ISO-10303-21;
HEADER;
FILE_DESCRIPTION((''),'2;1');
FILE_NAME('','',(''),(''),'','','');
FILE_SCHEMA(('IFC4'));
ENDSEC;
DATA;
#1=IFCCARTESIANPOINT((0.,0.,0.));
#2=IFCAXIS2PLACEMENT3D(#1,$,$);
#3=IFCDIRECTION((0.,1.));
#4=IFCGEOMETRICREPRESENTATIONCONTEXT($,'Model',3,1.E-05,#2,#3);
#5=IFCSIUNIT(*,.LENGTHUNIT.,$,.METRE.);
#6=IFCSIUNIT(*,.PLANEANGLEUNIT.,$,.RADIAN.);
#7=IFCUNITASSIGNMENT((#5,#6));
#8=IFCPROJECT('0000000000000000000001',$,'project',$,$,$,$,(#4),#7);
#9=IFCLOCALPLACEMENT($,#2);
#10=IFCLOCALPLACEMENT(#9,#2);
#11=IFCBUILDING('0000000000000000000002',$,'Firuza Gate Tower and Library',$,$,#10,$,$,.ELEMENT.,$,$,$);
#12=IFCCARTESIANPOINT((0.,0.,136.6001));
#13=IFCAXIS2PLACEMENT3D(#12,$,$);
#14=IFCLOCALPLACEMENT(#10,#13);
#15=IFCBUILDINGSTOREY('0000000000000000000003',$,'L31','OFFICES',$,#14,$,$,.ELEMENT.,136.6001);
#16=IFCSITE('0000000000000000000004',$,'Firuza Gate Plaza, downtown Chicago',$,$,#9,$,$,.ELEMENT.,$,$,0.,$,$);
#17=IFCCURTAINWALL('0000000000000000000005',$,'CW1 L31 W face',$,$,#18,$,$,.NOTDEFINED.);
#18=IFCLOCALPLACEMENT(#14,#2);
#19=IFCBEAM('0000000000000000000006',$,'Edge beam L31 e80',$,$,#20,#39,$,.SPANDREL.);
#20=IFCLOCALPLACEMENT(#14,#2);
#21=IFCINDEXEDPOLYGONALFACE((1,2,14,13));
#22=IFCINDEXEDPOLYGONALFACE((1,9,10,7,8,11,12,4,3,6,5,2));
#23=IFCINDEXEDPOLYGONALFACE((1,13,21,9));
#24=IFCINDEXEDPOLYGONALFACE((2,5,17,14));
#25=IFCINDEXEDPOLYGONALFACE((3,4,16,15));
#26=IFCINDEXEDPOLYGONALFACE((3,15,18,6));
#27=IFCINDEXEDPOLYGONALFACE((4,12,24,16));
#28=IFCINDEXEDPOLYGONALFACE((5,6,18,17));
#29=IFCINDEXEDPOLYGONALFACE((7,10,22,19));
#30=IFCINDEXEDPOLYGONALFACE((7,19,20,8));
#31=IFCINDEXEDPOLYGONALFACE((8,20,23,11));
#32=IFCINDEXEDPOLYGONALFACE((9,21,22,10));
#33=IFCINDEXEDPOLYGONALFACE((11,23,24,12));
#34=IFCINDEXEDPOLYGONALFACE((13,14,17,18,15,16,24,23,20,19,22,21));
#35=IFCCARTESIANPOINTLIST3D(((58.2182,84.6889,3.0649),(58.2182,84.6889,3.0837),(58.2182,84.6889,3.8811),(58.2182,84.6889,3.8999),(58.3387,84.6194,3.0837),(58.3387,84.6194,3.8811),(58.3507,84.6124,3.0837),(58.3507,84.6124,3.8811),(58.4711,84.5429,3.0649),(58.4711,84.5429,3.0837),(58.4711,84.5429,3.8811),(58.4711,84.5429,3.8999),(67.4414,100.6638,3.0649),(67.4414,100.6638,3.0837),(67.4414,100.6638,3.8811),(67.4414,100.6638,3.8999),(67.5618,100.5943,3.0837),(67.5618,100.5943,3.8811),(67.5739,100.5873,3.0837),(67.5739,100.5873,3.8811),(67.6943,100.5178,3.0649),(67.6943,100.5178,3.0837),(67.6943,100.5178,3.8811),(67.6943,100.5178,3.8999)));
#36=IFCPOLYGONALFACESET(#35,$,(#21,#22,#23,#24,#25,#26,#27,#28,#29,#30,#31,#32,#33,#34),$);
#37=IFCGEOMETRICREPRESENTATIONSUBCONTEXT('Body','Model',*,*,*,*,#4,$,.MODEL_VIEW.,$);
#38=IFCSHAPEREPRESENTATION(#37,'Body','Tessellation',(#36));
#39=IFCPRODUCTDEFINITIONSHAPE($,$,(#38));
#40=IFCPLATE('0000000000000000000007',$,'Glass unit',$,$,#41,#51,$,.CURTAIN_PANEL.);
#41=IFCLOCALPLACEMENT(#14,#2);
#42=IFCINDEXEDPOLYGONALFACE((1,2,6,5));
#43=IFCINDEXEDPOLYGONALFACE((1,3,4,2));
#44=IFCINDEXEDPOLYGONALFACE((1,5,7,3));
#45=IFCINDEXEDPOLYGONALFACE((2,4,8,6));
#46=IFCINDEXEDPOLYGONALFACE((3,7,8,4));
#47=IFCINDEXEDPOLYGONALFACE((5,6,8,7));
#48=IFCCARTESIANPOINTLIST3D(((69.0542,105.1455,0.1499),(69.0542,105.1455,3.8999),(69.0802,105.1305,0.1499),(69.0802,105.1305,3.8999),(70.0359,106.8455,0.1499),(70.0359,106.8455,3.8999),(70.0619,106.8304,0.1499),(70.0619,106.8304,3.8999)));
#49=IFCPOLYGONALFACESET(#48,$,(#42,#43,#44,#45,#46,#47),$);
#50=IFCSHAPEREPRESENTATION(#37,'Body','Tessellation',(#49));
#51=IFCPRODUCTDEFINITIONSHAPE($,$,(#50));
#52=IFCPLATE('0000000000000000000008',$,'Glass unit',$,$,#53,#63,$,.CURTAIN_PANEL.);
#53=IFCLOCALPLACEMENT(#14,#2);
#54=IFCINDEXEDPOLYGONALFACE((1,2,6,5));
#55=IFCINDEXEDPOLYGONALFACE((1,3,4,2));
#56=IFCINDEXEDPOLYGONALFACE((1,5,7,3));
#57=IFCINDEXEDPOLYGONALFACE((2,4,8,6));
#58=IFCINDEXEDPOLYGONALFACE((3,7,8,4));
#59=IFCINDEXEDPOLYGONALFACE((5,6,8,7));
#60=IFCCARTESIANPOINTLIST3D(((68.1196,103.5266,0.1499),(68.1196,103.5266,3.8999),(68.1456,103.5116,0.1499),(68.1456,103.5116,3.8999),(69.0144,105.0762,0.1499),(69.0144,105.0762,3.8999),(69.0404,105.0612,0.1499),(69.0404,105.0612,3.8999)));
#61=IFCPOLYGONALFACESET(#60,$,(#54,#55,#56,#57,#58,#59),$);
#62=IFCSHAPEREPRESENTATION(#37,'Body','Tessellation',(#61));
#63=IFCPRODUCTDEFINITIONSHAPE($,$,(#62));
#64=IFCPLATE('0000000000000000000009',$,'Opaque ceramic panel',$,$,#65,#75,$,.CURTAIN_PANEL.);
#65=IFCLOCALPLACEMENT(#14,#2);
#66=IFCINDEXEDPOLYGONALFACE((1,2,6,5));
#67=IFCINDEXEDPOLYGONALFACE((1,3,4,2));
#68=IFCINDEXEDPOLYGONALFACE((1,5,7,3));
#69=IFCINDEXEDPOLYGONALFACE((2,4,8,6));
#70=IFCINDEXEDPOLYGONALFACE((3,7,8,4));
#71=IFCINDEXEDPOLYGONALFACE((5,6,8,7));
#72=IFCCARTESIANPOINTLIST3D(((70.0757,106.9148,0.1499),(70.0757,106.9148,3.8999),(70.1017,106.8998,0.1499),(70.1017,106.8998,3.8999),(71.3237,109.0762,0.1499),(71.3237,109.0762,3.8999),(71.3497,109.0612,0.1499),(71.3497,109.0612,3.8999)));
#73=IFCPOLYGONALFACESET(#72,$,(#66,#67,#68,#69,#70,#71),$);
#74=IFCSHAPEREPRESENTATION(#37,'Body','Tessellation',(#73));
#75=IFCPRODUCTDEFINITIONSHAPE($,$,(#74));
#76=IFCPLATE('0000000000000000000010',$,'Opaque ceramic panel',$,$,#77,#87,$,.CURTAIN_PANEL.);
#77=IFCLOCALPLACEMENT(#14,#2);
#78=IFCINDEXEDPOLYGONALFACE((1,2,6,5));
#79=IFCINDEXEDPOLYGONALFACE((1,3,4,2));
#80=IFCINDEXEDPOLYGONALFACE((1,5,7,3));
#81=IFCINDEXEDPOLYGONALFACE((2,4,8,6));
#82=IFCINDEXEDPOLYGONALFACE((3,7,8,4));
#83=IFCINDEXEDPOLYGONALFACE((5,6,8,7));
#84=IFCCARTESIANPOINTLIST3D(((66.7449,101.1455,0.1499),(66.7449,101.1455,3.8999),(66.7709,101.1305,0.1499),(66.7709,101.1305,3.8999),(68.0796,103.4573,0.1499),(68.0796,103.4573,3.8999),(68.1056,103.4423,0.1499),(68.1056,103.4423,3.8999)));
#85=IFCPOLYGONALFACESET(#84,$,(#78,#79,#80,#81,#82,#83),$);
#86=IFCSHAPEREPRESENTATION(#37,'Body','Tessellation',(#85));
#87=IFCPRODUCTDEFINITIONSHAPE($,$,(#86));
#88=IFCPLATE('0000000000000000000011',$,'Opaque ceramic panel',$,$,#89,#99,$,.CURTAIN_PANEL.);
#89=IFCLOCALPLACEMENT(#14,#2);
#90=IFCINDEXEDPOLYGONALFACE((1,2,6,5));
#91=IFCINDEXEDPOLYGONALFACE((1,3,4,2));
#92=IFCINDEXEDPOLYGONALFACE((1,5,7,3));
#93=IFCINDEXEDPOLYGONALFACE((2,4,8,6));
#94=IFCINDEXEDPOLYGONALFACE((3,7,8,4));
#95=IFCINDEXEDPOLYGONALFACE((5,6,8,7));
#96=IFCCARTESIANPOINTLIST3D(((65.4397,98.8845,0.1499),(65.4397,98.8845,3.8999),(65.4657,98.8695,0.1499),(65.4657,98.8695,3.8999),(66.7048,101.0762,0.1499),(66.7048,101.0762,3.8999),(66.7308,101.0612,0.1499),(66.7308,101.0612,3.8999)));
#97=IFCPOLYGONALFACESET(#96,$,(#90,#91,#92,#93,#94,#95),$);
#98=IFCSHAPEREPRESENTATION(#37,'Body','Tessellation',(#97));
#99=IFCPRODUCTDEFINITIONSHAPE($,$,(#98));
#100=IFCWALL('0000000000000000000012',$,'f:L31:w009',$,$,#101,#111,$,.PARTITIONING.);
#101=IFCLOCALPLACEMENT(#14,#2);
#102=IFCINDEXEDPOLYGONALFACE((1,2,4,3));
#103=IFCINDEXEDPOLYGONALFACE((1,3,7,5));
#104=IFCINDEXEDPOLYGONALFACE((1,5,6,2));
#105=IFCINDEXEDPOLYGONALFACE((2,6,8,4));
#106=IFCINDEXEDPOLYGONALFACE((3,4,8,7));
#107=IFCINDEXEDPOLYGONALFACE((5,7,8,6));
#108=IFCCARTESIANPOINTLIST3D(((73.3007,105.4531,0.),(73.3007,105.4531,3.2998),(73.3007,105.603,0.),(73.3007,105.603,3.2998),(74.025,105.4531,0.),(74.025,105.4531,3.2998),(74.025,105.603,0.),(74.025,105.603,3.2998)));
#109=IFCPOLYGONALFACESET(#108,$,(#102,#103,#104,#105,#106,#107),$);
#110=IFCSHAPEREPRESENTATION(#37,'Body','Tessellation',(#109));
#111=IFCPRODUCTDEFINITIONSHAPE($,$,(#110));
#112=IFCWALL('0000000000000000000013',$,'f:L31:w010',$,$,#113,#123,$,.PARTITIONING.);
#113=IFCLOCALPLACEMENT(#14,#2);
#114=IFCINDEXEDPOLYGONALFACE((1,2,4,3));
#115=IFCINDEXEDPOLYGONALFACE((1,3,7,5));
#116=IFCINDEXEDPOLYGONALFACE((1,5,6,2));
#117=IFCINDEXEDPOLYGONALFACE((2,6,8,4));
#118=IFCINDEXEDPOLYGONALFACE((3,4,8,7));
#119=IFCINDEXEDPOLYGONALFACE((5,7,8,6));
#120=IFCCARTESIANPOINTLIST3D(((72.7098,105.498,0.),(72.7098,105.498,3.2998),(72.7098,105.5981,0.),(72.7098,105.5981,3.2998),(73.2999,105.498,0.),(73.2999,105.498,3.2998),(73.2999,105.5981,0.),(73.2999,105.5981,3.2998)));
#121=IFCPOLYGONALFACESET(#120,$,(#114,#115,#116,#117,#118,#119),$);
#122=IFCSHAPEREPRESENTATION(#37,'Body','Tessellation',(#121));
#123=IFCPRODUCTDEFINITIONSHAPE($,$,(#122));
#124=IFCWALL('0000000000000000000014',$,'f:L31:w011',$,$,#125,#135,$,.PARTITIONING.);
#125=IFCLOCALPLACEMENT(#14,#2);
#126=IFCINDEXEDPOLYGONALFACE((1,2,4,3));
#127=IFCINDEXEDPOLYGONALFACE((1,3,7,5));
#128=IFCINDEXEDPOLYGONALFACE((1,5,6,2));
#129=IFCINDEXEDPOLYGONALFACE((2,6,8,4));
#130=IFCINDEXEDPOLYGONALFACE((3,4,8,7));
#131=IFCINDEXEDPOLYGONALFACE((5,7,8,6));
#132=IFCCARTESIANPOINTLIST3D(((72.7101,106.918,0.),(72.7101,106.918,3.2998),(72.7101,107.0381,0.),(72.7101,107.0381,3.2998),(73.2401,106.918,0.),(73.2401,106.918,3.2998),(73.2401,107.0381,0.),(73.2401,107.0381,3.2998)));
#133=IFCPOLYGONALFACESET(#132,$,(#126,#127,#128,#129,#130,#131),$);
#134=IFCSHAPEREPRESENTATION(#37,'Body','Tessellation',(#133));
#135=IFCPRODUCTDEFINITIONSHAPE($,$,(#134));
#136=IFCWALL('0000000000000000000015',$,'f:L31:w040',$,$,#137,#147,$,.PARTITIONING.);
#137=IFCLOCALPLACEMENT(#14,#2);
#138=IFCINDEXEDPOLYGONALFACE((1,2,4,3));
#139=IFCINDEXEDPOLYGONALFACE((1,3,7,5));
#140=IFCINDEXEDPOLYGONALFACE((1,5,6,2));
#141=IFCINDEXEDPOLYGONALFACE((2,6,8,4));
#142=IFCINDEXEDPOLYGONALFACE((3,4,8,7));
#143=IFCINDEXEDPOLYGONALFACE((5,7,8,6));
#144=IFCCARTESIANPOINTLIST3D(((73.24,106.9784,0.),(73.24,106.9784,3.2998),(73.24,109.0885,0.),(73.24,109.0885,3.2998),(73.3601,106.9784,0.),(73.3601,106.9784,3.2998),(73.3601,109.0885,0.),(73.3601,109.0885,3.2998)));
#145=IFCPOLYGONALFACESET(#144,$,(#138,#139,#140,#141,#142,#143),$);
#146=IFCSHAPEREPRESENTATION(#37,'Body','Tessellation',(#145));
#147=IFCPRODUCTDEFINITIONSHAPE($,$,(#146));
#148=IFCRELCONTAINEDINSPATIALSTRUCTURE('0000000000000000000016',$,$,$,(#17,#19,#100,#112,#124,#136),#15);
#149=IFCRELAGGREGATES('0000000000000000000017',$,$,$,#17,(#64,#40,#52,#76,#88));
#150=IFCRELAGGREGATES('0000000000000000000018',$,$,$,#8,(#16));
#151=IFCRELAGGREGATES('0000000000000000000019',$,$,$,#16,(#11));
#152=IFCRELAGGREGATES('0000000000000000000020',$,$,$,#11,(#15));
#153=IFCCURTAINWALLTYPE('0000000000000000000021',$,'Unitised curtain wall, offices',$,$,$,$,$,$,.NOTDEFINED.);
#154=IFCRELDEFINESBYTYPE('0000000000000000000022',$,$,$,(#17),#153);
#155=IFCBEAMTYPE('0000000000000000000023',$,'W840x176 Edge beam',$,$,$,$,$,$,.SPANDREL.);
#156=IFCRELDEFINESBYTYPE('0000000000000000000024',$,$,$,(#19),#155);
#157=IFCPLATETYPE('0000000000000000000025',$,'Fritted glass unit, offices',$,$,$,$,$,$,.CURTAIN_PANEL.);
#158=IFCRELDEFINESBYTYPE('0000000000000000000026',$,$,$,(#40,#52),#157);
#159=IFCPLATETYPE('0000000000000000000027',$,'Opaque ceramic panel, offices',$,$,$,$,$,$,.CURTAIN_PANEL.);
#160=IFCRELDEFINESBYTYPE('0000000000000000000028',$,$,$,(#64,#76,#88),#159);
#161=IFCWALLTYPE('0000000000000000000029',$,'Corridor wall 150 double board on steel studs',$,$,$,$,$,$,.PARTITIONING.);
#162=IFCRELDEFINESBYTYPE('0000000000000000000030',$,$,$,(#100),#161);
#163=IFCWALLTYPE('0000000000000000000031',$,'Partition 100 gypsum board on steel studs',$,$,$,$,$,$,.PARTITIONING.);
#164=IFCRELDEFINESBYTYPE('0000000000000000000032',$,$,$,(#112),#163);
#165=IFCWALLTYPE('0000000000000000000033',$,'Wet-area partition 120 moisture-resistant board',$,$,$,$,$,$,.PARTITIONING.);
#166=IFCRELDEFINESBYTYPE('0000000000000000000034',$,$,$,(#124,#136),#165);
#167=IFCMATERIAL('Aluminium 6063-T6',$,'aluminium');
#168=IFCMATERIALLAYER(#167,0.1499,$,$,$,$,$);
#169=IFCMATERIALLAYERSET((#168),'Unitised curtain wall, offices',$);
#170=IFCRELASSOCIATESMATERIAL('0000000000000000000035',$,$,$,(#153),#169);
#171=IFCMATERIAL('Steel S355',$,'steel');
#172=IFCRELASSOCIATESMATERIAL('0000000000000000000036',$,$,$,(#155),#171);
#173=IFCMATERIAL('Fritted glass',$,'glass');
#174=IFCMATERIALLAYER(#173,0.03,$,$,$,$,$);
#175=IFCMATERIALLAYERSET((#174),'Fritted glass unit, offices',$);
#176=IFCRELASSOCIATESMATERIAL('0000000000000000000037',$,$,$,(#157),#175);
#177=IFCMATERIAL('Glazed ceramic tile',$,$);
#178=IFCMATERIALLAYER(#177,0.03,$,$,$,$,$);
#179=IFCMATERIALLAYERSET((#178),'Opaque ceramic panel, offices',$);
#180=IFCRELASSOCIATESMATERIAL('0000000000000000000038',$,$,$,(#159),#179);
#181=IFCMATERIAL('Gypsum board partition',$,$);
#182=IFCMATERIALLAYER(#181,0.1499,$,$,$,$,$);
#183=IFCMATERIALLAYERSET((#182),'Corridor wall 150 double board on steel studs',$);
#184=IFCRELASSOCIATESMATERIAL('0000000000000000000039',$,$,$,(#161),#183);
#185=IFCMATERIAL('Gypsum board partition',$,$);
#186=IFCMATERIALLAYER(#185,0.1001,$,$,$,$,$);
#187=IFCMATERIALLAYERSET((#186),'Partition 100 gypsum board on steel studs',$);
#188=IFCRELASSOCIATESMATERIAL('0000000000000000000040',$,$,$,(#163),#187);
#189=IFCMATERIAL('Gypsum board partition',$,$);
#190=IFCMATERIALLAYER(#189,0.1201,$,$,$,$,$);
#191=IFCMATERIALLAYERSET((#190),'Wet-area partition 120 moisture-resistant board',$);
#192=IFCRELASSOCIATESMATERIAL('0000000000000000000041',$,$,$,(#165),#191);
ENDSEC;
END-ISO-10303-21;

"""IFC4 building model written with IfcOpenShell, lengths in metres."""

from ifc_helpers import new_model, si_unit, direction, frame, frame_2d, origin, origin_2d, place, context, subcontext, project, spatial, polyline, rectangle, i_section, outline, extrude, material, layer, layer_set, material_profile, profile_set, type_object, element, aggregate, save


model = new_model("IFC4")

# Units and contexts
model_context = context("Model", 3, precision=1e-05, world=origin(), true_north=direction((0.0, 1.0)))
body_context = subcontext(model_context, "Body", "Model", "MODEL_VIEW")
ifc_project = project(units=[si_unit("LENGTHUNIT", "METRE"), si_unit("PLANEANGLEUNIT", "RADIAN")], contexts=[model_context])

# Site, building, storey
site_placement = place(None, origin())
site = spatial("IfcSite", under=ifc_project, at=site_placement, Name="Firuza Gate Plaza, downtown Chicago", CompositionType="ELEMENT", RefElevation=0.0)
building_placement = place(site_placement, origin())
building = spatial("IfcBuilding", under=site, at=building_placement, Name="Firuza Gate Tower and Library", CompositionType="ELEMENT")
storey_placement = place(building_placement, frame((0.0, 0.0, 136.6001)))
storey = spatial("IfcBuildingStorey", under=building, at=storey_placement, Name="L31", Description="OFFICES", CompositionType="ELEMENT", Elevation=136.6001)

# Curtain wall
ifc_material_1 = material(Name="Aluminium 6063-T6", Category="aluminium")
ifc_layer_1 = layer(ifc_material_1, 0.1499)
ifc_layer_set_1 = layer_set([ifc_layer_1], Name="Unitised curtain wall, offices")
curtain_wall_type_1 = type_object("IfcCurtainWallType", Name="Unitised curtain wall, offices", PredefinedType="NOTDEFINED", material=ifc_layer_set_1)
placement = place(storey_placement, origin())
curtain_wall_1 = element("IfcCurtainWall", 1, at=placement, inside=storey, type_object=curtain_wall_type_1, Name="CW1 L31 W face", PredefinedType="NOTDEFINED")

# Beam
ifc_material_2 = material(Name="Steel S355", Category="steel")
ifc_material_profile_1 = material_profile(ifc_material_2, i_section(OverallWidth=0.292, OverallDepth=0.835, WebThickness=0.0139, FlangeThickness=0.0188, at=origin_2d()))
ifc_profile_set_1 = profile_set([ifc_material_profile_1], Name="Steel S355")
beam_type_1 = type_object("IfcBeamType", Name="W840x176 Edge beam", PredefinedType="SPANDREL", material=ifc_profile_set_1)
beam_1_placement = place(storey_placement, frame((67.5679, 100.5908, 3.4824), z_axis=(-0.500002, -0.866024, 0.0), x_axis=(0.866024, -0.500002, 0.0)))
element("IfcBeam", 2, at=beam_1_placement, inside=storey, type_object=beam_type_1, Name="Edge beam L31 e80", PredefinedType="SPANDREL", context=body_context, shape_type="SweptSolid", body=[
    extrude(i_section(OverallWidth=0.292, OverallDepth=0.835, WebThickness=0.0139, FlangeThickness=0.0188, at=origin_2d()), origin(), (0.0, 0.0, 1.0), 18.4463),
])

# Plates
ifc_material_3 = material(Name="Fritted glass", Category="glass")
ifc_layer_2 = layer(ifc_material_3, 0.03)
ifc_layer_set_2 = layer_set([ifc_layer_2], Name="Fritted glass unit, offices")
plate_type_1 = type_object("IfcPlateType", Name="Fritted glass unit, offices", PredefinedType="CURTAIN_PANEL", material=ifc_layer_set_2)
plate_1_placement = place(storey_placement, frame((70.0359, 106.8455, 0.1499), z_axis=(-0.865976, 0.500085, 0.0), x_axis=(-0.500085, -0.865976, 0.0)))
plate_1 = element("IfcPlate", 3, at=plate_1_placement, type_object=plate_type_1, Name="Glass unit", PredefinedType="CURTAIN_PANEL", context=body_context, shape_type="SweptSolid", body=[
    extrude(outline(polyline([(0.0, 0.0), (1.963, 0.0), (1.963, 3.75), (0.0, 3.75), (0.0, 0.0)])), origin(), (0.0, 0.0, -1.0), 0.03),
])
plate_2_placement = place(storey_placement, frame((69.0144, 105.0762, 0.1499), z_axis=(-0.865992, 0.500057, 0.0), x_axis=(-0.500057, -0.865992, 0.0)))
plate_2 = element("IfcPlate", 4, at=plate_2_placement, type_object=plate_type_1, Name="Glass unit", PredefinedType="CURTAIN_PANEL", context=body_context, shape_type="SweptSolid", body=[
    extrude(outline(polyline([(0.0, 0.0), (1.7893, 0.0), (1.7893, 3.75), (0.0, 3.75), (0.0, 0.0)])), origin(), (0.0, 0.0, -1.0), 0.03),
])
ifc_material_4 = material(Name="Glazed ceramic tile")
ifc_layer_3 = layer(ifc_material_4, 0.03)
ifc_layer_set_3 = layer_set([ifc_layer_3], Name="Opaque ceramic panel, offices")
plate_type_2 = type_object("IfcPlateType", Name="Opaque ceramic panel, offices", PredefinedType="CURTAIN_PANEL", material=ifc_layer_set_3)
plate_3_placement = place(storey_placement, frame((71.3237, 109.0762, 0.1499), z_axis=(-0.865995, 0.500053, 0.0), x_axis=(-0.500053, -0.865995, 0.0)))
plate_3 = element("IfcPlate", 5, at=plate_3_placement, type_object=plate_type_2, Name="Opaque ceramic panel", PredefinedType="CURTAIN_PANEL", context=body_context, shape_type="SweptSolid", body=[
    extrude(outline(polyline([(0.0, 0.0), (2.4958, 0.0), (2.4958, 3.75), (0.0, 3.75), (0.0, 0.0)])), origin(), (0.0, 0.0, -1.0), 0.03),
])
plate_4_placement = place(storey_placement, frame((68.0796, 103.4573, 0.1499), z_axis=(-0.866023, 0.500005, 0.0), x_axis=(-0.500005, -0.866023, 0.0)))
plate_4 = element("IfcPlate", 6, at=plate_4_placement, type_object=plate_type_2, Name="Opaque ceramic panel", PredefinedType="CURTAIN_PANEL", context=body_context, shape_type="SweptSolid", body=[
    extrude(outline(polyline([(0.0, 0.0), (2.6694, 0.0), (2.6694, 3.75), (0.0, 3.75), (0.0, 0.0)])), origin(), (0.0, 0.0, -1.0), 0.03),
])
plate_5_placement = place(storey_placement, frame((66.7048, 101.0762, 0.1499), z_axis=(-0.866062, 0.499937, 0.0), x_axis=(-0.499937, -0.866062, 0.0)))
plate_5 = element("IfcPlate", 7, at=plate_5_placement, type_object=plate_type_2, Name="Opaque ceramic panel", PredefinedType="CURTAIN_PANEL", context=body_context, shape_type="SweptSolid", body=[
    extrude(outline(polyline([(0.0, 0.0), (2.5306, 0.0), (2.5306, 3.75), (0.0, 3.75), (0.0, 0.0)])), origin(), (0.0, 0.0, -1.0), 0.03),
])
aggregate(curtain_wall_1, [plate_3, plate_1, plate_2, plate_4, plate_5])

# Walls
ifc_material_5 = material(Name="Gypsum board partition")
ifc_layer_4 = layer(ifc_material_5, 0.1499)
ifc_layer_set_4 = layer_set([ifc_layer_4], Name="Corridor wall 150 double board on steel studs")
wall_type_1 = type_object("IfcWallType", Name="Corridor wall 150 double board on steel studs", PredefinedType="PARTITIONING", material=ifc_layer_set_4)
wall_1_placement = place(storey_placement, frame((73.3005, 105.5281, 0.0), z_axis=(0.0, 0.0, 1.0), x_axis=(1.0, 0.0, 0.0)))
element("IfcWall", 8, at=wall_1_placement, inside=storey, type_object=wall_type_1, Name="f:L31:w009", PredefinedType="PARTITIONING", context=body_context, shape_type="SweptSolid", body=[
    extrude(rectangle(XDim=0.7244, YDim=0.1499, at=frame_2d((0.3623, 0.0))), origin(), (0.0, 0.0, 1.0), 3.2998),
])
ifc_material_6 = material(Name="Gypsum board partition")
ifc_layer_5 = layer(ifc_material_6, 0.1001)
ifc_layer_set_5 = layer_set([ifc_layer_5], Name="Partition 100 gypsum board on steel studs")
wall_type_2 = type_object("IfcWallType", Name="Partition 100 gypsum board on steel studs", PredefinedType="PARTITIONING", material=ifc_layer_set_5)
wall_2_placement = place(storey_placement, frame((72.71, 105.5481, 0.0), z_axis=(0.0, 0.0, 1.0), x_axis=(1.0, 0.0, 0.0)))
element("IfcWall", 9, at=wall_2_placement, inside=storey, type_object=wall_type_2, Name="f:L31:w010", PredefinedType="PARTITIONING", context=body_context, shape_type="SweptSolid", body=[
    extrude(rectangle(XDim=0.5901, YDim=0.1001, at=frame_2d((0.2949, 0.0))), origin(), (0.0, 0.0, 1.0), 3.2998),
])
ifc_material_7 = material(Name="Gypsum board partition")
ifc_layer_6 = layer(ifc_material_7, 0.1201)
ifc_layer_set_6 = layer_set([ifc_layer_6], Name="Wet-area partition 120 moisture-resistant board")
wall_type_3 = type_object("IfcWallType", Name="Wet-area partition 120 moisture-resistant board", PredefinedType="PARTITIONING", material=ifc_layer_set_6)
wall_3_placement = place(storey_placement, frame((72.71, 106.978, 0.0), z_axis=(0.0, 0.0, 1.0), x_axis=(1.0, 0.0, 0.0)))
element("IfcWall", 10, at=wall_3_placement, inside=storey, type_object=wall_type_3, Name="f:L31:w011", PredefinedType="PARTITIONING", context=body_context, shape_type="SweptSolid", body=[
    extrude(rectangle(XDim=0.53, YDim=0.1201, at=frame_2d((0.2651, 0.0))), origin(), (0.0, 0.0, 1.0), 3.2998),
])
wall_4_placement = place(storey_placement, frame((73.3, 106.9783, 0.0), z_axis=(0.0, 0.0, 1.0), x_axis=(0.0, 1.0, 0.0)))
element("IfcWall", 11, at=wall_4_placement, inside=storey, type_object=wall_type_3, Name="f:L31:w040", PredefinedType="PARTITIONING", context=body_context, shape_type="SweptSolid", body=[
    extrude(rectangle(XDim=2.1101, YDim=0.1201, at=frame_2d((1.0552, 0.0))), origin(), (0.0, 0.0, 1.0), 3.2998),
])

save(model, "model.ifc")
